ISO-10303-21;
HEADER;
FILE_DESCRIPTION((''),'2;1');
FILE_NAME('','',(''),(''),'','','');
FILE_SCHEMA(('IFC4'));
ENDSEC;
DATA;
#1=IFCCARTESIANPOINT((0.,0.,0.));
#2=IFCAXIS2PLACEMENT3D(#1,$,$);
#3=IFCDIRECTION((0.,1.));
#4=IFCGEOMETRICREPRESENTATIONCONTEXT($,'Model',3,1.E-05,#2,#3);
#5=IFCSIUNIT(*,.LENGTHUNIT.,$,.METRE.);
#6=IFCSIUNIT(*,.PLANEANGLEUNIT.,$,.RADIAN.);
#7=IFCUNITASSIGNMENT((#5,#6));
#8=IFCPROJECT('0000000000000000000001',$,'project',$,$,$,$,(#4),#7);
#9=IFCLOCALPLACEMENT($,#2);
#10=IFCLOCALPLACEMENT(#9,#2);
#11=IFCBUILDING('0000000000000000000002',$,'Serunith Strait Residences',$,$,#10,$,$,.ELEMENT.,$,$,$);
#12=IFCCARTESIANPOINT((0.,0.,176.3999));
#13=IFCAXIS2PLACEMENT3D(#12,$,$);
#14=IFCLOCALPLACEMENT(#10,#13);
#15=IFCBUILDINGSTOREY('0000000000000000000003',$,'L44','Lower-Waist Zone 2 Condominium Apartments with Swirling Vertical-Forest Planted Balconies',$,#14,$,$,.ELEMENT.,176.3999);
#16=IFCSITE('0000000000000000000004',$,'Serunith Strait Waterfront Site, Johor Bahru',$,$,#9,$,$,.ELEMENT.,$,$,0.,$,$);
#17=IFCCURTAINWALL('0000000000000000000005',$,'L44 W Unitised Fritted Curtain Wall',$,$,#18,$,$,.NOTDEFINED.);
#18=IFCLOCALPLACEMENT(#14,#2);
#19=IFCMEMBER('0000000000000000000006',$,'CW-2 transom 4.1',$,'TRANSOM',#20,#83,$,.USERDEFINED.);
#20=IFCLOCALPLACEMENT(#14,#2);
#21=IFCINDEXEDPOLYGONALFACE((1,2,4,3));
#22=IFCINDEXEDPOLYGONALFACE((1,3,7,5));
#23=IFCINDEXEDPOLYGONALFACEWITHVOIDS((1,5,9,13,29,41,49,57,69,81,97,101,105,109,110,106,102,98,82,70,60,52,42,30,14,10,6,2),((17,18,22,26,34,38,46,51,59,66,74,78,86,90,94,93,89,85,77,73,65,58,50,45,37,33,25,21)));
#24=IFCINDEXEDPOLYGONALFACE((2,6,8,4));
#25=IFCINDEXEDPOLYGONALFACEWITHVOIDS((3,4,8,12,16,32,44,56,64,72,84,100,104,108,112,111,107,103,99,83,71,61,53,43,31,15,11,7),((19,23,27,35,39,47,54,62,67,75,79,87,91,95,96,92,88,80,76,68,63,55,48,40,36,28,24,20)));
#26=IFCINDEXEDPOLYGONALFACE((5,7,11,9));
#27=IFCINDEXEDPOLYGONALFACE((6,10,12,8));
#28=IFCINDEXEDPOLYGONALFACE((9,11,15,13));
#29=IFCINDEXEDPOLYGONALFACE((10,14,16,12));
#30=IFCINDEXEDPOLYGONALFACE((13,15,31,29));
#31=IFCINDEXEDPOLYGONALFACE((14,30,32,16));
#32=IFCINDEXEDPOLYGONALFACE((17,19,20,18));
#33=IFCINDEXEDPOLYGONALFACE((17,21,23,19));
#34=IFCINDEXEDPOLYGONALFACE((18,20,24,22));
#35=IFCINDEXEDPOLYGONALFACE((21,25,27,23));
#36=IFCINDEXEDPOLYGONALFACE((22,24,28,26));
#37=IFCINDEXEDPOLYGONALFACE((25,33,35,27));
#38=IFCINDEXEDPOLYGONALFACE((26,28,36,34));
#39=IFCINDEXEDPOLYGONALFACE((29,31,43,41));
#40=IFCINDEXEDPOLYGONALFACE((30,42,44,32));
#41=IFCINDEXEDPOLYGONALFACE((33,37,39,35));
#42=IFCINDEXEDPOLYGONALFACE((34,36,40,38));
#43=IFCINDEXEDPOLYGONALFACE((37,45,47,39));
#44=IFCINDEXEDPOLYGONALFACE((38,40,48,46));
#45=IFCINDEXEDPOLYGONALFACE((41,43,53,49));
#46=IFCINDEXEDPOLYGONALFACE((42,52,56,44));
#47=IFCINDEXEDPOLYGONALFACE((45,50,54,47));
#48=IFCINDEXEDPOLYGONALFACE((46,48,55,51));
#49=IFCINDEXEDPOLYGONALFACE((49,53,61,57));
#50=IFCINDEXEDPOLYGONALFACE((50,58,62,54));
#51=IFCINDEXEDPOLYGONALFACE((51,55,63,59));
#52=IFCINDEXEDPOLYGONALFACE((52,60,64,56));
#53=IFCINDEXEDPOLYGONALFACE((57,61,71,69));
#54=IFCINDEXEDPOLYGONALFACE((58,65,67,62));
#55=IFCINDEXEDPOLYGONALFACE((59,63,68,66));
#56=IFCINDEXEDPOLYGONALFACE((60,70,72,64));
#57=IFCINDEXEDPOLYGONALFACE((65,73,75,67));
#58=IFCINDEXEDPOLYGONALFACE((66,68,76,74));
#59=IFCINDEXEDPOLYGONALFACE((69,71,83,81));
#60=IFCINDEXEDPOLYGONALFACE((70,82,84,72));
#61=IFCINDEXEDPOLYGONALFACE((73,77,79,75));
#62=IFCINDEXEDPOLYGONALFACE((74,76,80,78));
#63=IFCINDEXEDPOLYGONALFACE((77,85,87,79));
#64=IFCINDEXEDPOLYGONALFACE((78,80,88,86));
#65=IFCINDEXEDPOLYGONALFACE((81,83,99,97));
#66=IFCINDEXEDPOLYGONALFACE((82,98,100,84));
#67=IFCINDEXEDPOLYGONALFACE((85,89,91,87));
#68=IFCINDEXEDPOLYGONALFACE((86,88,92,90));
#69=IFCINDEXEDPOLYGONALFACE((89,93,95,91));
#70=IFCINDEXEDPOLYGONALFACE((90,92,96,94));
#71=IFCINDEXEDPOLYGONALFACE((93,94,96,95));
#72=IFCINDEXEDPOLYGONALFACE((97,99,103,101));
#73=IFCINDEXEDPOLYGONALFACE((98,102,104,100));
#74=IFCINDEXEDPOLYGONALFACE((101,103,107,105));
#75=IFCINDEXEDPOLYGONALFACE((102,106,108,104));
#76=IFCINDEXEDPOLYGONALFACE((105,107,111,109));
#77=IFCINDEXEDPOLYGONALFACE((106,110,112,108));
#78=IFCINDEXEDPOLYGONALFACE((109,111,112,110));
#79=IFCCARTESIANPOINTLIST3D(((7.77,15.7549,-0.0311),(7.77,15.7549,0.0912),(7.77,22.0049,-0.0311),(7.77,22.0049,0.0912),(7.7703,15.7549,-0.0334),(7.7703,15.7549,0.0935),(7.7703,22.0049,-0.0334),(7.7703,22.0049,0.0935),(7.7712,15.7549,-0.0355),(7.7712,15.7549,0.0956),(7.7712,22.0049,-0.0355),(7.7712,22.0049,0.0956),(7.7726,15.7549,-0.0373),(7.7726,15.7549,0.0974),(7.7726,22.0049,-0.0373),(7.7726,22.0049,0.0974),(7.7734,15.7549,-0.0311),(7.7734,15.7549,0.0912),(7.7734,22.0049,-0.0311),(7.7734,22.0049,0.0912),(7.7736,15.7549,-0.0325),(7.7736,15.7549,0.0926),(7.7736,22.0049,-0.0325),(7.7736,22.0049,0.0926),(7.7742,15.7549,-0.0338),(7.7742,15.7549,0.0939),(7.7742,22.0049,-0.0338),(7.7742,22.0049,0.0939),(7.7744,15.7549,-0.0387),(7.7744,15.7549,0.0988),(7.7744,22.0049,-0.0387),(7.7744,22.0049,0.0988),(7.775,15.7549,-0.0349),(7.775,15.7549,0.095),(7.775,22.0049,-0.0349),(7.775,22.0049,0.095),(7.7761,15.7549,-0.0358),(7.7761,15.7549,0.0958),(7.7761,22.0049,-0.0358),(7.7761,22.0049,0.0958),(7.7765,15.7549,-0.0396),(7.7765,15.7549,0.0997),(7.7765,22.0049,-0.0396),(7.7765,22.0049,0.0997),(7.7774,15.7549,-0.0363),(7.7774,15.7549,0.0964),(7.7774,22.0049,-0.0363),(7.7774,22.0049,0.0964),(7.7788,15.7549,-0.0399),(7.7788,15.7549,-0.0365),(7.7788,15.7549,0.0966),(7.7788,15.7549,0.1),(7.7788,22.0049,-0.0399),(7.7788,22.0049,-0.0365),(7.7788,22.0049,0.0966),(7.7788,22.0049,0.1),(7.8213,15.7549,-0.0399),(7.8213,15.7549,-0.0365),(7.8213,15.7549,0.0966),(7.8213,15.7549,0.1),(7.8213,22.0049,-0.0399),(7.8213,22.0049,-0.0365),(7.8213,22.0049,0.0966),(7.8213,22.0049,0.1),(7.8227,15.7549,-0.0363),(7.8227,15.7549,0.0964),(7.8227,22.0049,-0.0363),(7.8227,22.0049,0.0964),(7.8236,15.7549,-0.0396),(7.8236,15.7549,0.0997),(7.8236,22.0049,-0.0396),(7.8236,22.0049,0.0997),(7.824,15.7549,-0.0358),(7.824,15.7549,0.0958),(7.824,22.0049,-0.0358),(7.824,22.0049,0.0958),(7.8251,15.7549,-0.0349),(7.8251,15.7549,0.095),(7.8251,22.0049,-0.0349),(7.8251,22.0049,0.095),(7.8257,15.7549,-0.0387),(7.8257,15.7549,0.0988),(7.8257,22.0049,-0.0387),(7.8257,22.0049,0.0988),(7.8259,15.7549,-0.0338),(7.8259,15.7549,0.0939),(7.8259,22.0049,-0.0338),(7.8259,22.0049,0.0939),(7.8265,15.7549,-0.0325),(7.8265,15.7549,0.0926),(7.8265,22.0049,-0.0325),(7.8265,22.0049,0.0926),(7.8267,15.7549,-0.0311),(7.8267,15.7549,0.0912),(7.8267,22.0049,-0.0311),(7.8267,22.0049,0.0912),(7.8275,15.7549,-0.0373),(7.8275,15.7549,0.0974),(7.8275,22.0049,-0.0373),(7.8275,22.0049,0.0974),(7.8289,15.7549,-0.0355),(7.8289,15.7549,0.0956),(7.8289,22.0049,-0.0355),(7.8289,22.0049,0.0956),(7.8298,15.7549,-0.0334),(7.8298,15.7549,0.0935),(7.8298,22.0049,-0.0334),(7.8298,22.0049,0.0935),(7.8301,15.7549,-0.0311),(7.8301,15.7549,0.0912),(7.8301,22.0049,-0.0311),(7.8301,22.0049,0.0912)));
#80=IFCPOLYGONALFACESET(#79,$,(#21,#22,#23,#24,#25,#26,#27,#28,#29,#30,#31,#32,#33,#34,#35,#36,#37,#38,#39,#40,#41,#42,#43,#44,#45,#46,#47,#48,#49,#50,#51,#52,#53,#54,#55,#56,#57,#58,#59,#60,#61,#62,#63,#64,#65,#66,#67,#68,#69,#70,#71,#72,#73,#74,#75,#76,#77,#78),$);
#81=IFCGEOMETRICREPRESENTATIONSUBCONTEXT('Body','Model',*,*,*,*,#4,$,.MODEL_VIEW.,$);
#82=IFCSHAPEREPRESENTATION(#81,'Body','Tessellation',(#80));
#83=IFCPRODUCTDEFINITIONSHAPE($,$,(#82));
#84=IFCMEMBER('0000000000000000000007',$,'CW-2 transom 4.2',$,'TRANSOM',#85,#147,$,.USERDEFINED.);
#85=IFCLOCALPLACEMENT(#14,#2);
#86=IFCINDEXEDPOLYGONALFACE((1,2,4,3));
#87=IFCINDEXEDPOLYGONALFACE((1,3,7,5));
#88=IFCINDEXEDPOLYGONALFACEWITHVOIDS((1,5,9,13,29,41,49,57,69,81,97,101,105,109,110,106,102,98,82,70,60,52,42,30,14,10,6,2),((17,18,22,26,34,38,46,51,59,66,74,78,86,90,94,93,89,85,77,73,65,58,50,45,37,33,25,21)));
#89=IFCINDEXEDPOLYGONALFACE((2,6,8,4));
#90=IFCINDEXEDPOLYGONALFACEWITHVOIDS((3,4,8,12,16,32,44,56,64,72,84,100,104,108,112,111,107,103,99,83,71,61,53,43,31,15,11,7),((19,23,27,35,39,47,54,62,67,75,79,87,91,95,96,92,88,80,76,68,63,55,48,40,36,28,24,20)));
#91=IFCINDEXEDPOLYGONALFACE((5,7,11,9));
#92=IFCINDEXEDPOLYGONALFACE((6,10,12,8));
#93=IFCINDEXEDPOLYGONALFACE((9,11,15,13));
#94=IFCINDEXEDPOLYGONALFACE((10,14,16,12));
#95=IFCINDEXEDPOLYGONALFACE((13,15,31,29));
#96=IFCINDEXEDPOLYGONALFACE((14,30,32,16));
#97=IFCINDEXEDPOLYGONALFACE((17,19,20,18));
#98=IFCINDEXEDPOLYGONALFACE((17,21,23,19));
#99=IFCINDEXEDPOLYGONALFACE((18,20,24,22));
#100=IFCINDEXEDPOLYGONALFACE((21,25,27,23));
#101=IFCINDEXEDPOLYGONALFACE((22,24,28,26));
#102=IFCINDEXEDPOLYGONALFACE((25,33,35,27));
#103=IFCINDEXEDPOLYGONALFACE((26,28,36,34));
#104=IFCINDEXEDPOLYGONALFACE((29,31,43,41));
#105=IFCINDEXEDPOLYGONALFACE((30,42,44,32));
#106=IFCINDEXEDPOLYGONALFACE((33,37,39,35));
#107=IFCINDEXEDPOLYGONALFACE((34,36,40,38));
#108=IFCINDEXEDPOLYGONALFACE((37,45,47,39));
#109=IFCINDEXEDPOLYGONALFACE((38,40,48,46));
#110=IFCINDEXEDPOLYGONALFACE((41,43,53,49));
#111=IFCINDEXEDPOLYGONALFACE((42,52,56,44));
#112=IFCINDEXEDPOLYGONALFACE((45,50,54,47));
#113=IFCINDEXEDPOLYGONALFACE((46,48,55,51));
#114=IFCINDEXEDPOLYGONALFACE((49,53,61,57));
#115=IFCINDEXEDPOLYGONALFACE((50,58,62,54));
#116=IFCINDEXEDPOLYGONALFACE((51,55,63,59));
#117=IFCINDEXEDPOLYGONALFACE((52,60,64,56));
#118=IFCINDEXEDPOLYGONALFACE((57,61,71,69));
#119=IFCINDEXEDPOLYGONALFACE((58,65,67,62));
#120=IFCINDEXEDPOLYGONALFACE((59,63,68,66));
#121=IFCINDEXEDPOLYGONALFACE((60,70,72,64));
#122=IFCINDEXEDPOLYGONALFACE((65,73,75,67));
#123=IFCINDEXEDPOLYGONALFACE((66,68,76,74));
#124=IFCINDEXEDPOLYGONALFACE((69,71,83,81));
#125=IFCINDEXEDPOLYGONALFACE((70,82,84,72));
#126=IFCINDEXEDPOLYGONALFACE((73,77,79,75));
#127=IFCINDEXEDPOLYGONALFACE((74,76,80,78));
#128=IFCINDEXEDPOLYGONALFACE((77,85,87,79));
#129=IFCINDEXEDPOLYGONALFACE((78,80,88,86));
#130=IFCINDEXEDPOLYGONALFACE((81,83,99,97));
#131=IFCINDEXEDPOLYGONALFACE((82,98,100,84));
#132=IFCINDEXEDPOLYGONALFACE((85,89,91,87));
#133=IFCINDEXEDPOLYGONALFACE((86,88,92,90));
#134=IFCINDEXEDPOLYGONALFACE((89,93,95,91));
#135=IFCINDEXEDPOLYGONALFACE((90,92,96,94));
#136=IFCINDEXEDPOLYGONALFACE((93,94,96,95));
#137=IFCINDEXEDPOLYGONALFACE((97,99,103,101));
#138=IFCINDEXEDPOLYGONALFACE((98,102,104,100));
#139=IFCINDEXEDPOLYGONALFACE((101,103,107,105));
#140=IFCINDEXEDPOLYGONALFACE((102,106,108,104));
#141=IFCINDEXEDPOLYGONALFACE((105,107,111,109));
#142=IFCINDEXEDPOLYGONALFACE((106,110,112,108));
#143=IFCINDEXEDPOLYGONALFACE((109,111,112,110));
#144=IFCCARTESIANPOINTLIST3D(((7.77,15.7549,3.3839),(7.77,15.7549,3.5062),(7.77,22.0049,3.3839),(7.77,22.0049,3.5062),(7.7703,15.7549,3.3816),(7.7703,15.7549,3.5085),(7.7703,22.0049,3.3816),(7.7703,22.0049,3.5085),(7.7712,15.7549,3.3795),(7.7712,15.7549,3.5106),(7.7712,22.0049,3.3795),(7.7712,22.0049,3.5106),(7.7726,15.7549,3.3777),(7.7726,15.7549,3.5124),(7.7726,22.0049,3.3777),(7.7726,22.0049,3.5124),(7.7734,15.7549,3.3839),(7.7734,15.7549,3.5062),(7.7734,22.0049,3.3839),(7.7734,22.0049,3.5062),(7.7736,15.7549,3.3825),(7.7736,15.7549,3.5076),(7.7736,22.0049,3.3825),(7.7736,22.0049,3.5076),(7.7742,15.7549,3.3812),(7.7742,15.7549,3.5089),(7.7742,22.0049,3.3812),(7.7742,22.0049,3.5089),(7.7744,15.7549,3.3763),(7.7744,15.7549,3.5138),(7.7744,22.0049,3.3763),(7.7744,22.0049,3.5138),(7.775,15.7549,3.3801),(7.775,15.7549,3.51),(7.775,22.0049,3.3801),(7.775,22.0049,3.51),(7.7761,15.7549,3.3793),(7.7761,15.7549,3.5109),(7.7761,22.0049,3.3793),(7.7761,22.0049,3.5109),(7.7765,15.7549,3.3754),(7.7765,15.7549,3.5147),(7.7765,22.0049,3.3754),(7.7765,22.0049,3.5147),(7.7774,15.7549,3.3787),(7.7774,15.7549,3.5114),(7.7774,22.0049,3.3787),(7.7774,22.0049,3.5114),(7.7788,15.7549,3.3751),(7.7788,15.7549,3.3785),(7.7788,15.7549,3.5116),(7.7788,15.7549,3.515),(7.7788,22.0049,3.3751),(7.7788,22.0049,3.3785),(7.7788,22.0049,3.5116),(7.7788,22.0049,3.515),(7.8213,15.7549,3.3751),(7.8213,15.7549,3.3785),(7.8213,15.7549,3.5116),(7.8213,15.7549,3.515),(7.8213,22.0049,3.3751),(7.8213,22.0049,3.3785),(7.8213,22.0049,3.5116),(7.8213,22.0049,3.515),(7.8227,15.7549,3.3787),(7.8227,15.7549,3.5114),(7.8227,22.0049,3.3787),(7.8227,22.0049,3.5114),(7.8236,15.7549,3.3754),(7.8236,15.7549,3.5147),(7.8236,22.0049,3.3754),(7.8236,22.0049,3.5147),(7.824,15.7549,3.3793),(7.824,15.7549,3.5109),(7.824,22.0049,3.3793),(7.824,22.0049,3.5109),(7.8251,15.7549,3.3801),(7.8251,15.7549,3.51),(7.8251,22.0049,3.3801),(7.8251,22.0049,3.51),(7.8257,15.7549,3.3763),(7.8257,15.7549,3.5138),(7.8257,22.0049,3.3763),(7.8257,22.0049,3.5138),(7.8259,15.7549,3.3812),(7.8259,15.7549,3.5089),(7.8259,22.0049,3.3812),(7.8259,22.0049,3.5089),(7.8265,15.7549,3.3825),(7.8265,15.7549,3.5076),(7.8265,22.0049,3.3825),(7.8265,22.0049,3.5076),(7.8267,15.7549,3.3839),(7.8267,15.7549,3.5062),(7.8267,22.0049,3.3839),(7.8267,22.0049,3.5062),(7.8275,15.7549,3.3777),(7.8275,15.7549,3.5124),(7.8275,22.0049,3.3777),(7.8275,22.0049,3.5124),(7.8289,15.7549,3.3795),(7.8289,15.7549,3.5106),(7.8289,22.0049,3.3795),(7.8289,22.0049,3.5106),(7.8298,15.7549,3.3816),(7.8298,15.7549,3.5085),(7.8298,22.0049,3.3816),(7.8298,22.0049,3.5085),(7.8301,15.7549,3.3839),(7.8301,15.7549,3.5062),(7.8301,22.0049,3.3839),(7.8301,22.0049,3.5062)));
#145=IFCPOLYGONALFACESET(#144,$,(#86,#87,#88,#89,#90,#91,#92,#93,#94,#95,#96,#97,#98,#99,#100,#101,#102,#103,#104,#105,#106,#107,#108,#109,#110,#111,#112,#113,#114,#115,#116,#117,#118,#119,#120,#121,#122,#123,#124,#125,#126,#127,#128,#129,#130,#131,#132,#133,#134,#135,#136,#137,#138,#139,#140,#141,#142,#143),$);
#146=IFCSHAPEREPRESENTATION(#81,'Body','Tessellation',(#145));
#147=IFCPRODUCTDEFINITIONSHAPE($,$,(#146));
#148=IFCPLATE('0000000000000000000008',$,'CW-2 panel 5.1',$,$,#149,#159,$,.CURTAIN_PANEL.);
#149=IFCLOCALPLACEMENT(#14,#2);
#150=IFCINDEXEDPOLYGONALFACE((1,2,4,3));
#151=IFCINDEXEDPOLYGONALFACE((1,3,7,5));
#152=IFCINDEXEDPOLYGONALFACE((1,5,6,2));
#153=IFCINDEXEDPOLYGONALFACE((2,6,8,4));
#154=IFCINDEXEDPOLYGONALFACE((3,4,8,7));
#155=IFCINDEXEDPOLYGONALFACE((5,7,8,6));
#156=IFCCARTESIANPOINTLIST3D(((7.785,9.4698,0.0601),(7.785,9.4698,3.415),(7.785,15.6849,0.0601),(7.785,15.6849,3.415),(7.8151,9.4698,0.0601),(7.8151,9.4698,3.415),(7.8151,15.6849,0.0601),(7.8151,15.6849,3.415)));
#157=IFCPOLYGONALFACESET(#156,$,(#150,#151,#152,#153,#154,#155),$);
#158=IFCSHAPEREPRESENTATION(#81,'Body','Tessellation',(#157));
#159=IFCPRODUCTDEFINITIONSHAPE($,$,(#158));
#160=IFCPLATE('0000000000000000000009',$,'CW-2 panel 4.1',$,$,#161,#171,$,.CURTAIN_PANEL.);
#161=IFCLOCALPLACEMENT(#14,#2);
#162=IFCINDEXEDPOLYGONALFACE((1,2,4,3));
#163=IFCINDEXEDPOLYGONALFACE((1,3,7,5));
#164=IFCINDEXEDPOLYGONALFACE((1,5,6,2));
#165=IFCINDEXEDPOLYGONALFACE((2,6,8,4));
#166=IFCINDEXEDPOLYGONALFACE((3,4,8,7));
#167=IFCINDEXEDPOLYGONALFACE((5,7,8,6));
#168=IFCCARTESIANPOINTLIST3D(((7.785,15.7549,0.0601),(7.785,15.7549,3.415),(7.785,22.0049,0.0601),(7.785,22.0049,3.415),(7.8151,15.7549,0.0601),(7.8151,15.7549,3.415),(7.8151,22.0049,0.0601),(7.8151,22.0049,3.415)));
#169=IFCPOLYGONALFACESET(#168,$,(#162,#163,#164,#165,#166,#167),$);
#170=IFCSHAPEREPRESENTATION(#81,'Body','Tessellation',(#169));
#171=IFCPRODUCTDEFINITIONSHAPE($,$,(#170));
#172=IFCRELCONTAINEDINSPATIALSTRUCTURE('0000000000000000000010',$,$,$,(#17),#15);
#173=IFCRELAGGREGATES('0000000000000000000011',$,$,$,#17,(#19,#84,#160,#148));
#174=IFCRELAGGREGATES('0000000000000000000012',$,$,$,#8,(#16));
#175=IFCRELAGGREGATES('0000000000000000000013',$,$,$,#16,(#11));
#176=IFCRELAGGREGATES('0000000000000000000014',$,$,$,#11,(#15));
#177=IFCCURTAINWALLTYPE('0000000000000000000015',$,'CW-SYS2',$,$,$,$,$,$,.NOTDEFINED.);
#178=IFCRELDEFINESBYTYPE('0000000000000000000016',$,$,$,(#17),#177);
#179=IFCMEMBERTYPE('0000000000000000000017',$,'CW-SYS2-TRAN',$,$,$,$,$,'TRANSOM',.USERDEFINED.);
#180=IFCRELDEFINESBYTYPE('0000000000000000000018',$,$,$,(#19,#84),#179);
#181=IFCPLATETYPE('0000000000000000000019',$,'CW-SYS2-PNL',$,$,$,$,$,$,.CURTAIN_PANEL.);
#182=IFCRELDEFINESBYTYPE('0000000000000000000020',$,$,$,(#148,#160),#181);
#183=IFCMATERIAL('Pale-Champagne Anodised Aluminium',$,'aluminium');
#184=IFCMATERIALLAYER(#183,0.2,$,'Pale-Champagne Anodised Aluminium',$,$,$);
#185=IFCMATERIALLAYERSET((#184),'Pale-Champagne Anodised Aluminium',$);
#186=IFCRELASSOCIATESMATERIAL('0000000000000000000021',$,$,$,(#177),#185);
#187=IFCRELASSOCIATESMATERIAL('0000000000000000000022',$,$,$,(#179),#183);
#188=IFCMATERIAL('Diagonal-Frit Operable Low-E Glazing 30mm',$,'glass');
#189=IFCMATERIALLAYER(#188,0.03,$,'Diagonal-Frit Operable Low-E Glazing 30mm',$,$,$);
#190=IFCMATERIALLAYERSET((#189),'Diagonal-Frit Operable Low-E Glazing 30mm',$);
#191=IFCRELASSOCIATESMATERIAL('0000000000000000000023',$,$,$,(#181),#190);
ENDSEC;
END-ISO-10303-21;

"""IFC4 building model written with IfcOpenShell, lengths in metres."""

from ifc_helpers import new_model, si_unit, direction, frame, origin, origin_2d, place, context, subcontext, project, spatial, rectangle, hollow_rectangle, extrude, source, transform, mapped, material, layer, layer_set, material_profile, profile_set, type_object, element, aggregate, save


model = new_model("IFC4")

# Units and contexts
model_context = context("Model", 3, precision=1e-05, world=origin(), true_north=direction((0.0, 1.0)))
body_context = subcontext(model_context, "Body", "Model", "MODEL_VIEW")
ifc_project = project(units=[si_unit("LENGTHUNIT", "METRE"), si_unit("PLANEANGLEUNIT", "RADIAN")], contexts=[model_context])

# Site, building, storey
site_placement = place(None, origin())
site = spatial("IfcSite", under=ifc_project, at=site_placement, Name="Serunith Strait Waterfront Site, Johor Bahru", CompositionType="ELEMENT", RefElevation=0.0)
building_placement = place(site_placement, origin())
building = spatial("IfcBuilding", under=site, at=building_placement, Name="Serunith Strait Residences", CompositionType="ELEMENT")
storey_placement = place(building_placement, frame((0.0, 0.0, 176.3999)))
storey = spatial("IfcBuildingStorey", under=building, at=storey_placement, Name="L44", Description="Lower-Waist Zone 2 Condominium Apartments with Swirling Vertical-Forest Planted Balconies", CompositionType="ELEMENT", Elevation=176.3999)

# Curtain wall, members, plates
ifc_material_1 = material(Name="Pale-Champagne Anodised Aluminium", Category="aluminium")
ifc_layer_1 = layer(ifc_material_1, 0.2, Name="Pale-Champagne Anodised Aluminium")
ifc_layer_set_1 = layer_set([ifc_layer_1], Name="Pale-Champagne Anodised Aluminium")
curtain_wall_type = type_object("IfcCurtainWallType", Name="CW-SYS2", PredefinedType="NOTDEFINED", material=ifc_layer_set_1)
curtain_wall_placement = place(storey_placement, origin())
curtain_wall = element("IfcCurtainWall", 1, at=curtain_wall_placement, inside=storey, type_object=curtain_wall_type, Name="L44 W Unitised Fritted Curtain Wall", PredefinedType="NOTDEFINED")
ifc_material_profile_1 = material_profile(ifc_material_1, hollow_rectangle(XDim=0.0601, YDim=0.1399, WallThickness=0.0034, InnerFilletRadius=0.0054, OuterFilletRadius=0.0088, at=origin_2d()), Name="ALU 140x60x3.5")
ifc_profile_set_1 = profile_set([ifc_material_profile_1], Name="Pale-Champagne Anodised Aluminium")
member_type_1 = type_object("IfcMemberType", Name="CW-SYS2-TRAN", ElementType="TRANSOM", PredefinedType="USERDEFINED", material=ifc_profile_set_1)
shared_shape_1 = source(origin(), body_context, "Body", "SweptSolid", [
    extrude(hollow_rectangle(XDim=0.0601, YDim=0.1399, WallThickness=0.0034, InnerFilletRadius=0.0054, OuterFilletRadius=0.0088, at=origin_2d()), origin(), (0.0, 0.0, 1.0), 6.25),
])
member_1_placement = place(storey_placement, frame((7.8, 22.0049, 0.03), z_axis=(0.0, -1.0, 0.0), x_axis=(1.0, 0.0, 0.0)))
member_1 = element("IfcMember", 2, at=member_1_placement, type_object=member_type_1, Name="CW-2 transom 4.1", ObjectType="TRANSOM", PredefinedType="USERDEFINED", context=body_context, shape_type="MappedRepresentation", body=[
    mapped(shared_shape_1, transform((0.0, 0.0, 0.0), scale=1.0)),
])
member_2_placement = place(storey_placement, frame((7.8, 22.0049, 3.4451), z_axis=(0.0, -1.0, 0.0), x_axis=(1.0, 0.0, 0.0)))
member_2 = element("IfcMember", 3, at=member_2_placement, type_object=member_type_1, Name="CW-2 transom 4.2", ObjectType="TRANSOM", PredefinedType="USERDEFINED", context=body_context, shape_type="MappedRepresentation", body=[
    mapped(shared_shape_1, transform((0.0, 0.0, 0.0), scale=1.0)),
])
ifc_material_2 = material(Name="Diagonal-Frit Operable Low-E Glazing 30mm", Category="glass")
ifc_layer_2 = layer(ifc_material_2, 0.03, Name="Diagonal-Frit Operable Low-E Glazing 30mm")
ifc_layer_set_2 = layer_set([ifc_layer_2], Name="Diagonal-Frit Operable Low-E Glazing 30mm")
plate_type = type_object("IfcPlateType", Name="CW-SYS2-PNL", PredefinedType="CURTAIN_PANEL", material=ifc_layer_set_2)
shared_shape_2 = source(origin(), body_context, "Body", "SweptSolid", [
    extrude(rectangle(XDim=6.2151, YDim=0.03, at=origin_2d()), origin(), (0.0, 0.0, 1.0), 3.355),
])
plate_1_placement = place(storey_placement, frame((7.8, 12.5774, 0.0601), z_axis=(0.0, 0.0, 1.0), x_axis=(0.0, -1.0, 0.0)))
plate_1 = element("IfcPlate", 4, at=plate_1_placement, type_object=plate_type, Name="CW-2 panel 5.1", PredefinedType="CURTAIN_PANEL", context=body_context, shape_type="MappedRepresentation", body=[
    mapped(shared_shape_2, transform((0.0, 0.0, 0.0), scale=1.0)),
])
shared_shape_3 = source(origin(), body_context, "Body", "SweptSolid", [
    extrude(rectangle(XDim=6.25, YDim=0.03, at=origin_2d()), origin(), (0.0, 0.0, 1.0), 3.355),
])
plate_2_placement = place(storey_placement, frame((7.8, 18.8799, 0.0601), z_axis=(0.0, 0.0, 1.0), x_axis=(0.0, -1.0, 0.0)))
plate_2 = element("IfcPlate", 5, at=plate_2_placement, type_object=plate_type, Name="CW-2 panel 4.1", PredefinedType="CURTAIN_PANEL", context=body_context, shape_type="MappedRepresentation", body=[
    mapped(shared_shape_3, transform((0.0, 0.0, 0.0), scale=1.0)),
])
aggregate(curtain_wall, [member_1, member_2, plate_2, plate_1])

save(model, "model.ifc")
